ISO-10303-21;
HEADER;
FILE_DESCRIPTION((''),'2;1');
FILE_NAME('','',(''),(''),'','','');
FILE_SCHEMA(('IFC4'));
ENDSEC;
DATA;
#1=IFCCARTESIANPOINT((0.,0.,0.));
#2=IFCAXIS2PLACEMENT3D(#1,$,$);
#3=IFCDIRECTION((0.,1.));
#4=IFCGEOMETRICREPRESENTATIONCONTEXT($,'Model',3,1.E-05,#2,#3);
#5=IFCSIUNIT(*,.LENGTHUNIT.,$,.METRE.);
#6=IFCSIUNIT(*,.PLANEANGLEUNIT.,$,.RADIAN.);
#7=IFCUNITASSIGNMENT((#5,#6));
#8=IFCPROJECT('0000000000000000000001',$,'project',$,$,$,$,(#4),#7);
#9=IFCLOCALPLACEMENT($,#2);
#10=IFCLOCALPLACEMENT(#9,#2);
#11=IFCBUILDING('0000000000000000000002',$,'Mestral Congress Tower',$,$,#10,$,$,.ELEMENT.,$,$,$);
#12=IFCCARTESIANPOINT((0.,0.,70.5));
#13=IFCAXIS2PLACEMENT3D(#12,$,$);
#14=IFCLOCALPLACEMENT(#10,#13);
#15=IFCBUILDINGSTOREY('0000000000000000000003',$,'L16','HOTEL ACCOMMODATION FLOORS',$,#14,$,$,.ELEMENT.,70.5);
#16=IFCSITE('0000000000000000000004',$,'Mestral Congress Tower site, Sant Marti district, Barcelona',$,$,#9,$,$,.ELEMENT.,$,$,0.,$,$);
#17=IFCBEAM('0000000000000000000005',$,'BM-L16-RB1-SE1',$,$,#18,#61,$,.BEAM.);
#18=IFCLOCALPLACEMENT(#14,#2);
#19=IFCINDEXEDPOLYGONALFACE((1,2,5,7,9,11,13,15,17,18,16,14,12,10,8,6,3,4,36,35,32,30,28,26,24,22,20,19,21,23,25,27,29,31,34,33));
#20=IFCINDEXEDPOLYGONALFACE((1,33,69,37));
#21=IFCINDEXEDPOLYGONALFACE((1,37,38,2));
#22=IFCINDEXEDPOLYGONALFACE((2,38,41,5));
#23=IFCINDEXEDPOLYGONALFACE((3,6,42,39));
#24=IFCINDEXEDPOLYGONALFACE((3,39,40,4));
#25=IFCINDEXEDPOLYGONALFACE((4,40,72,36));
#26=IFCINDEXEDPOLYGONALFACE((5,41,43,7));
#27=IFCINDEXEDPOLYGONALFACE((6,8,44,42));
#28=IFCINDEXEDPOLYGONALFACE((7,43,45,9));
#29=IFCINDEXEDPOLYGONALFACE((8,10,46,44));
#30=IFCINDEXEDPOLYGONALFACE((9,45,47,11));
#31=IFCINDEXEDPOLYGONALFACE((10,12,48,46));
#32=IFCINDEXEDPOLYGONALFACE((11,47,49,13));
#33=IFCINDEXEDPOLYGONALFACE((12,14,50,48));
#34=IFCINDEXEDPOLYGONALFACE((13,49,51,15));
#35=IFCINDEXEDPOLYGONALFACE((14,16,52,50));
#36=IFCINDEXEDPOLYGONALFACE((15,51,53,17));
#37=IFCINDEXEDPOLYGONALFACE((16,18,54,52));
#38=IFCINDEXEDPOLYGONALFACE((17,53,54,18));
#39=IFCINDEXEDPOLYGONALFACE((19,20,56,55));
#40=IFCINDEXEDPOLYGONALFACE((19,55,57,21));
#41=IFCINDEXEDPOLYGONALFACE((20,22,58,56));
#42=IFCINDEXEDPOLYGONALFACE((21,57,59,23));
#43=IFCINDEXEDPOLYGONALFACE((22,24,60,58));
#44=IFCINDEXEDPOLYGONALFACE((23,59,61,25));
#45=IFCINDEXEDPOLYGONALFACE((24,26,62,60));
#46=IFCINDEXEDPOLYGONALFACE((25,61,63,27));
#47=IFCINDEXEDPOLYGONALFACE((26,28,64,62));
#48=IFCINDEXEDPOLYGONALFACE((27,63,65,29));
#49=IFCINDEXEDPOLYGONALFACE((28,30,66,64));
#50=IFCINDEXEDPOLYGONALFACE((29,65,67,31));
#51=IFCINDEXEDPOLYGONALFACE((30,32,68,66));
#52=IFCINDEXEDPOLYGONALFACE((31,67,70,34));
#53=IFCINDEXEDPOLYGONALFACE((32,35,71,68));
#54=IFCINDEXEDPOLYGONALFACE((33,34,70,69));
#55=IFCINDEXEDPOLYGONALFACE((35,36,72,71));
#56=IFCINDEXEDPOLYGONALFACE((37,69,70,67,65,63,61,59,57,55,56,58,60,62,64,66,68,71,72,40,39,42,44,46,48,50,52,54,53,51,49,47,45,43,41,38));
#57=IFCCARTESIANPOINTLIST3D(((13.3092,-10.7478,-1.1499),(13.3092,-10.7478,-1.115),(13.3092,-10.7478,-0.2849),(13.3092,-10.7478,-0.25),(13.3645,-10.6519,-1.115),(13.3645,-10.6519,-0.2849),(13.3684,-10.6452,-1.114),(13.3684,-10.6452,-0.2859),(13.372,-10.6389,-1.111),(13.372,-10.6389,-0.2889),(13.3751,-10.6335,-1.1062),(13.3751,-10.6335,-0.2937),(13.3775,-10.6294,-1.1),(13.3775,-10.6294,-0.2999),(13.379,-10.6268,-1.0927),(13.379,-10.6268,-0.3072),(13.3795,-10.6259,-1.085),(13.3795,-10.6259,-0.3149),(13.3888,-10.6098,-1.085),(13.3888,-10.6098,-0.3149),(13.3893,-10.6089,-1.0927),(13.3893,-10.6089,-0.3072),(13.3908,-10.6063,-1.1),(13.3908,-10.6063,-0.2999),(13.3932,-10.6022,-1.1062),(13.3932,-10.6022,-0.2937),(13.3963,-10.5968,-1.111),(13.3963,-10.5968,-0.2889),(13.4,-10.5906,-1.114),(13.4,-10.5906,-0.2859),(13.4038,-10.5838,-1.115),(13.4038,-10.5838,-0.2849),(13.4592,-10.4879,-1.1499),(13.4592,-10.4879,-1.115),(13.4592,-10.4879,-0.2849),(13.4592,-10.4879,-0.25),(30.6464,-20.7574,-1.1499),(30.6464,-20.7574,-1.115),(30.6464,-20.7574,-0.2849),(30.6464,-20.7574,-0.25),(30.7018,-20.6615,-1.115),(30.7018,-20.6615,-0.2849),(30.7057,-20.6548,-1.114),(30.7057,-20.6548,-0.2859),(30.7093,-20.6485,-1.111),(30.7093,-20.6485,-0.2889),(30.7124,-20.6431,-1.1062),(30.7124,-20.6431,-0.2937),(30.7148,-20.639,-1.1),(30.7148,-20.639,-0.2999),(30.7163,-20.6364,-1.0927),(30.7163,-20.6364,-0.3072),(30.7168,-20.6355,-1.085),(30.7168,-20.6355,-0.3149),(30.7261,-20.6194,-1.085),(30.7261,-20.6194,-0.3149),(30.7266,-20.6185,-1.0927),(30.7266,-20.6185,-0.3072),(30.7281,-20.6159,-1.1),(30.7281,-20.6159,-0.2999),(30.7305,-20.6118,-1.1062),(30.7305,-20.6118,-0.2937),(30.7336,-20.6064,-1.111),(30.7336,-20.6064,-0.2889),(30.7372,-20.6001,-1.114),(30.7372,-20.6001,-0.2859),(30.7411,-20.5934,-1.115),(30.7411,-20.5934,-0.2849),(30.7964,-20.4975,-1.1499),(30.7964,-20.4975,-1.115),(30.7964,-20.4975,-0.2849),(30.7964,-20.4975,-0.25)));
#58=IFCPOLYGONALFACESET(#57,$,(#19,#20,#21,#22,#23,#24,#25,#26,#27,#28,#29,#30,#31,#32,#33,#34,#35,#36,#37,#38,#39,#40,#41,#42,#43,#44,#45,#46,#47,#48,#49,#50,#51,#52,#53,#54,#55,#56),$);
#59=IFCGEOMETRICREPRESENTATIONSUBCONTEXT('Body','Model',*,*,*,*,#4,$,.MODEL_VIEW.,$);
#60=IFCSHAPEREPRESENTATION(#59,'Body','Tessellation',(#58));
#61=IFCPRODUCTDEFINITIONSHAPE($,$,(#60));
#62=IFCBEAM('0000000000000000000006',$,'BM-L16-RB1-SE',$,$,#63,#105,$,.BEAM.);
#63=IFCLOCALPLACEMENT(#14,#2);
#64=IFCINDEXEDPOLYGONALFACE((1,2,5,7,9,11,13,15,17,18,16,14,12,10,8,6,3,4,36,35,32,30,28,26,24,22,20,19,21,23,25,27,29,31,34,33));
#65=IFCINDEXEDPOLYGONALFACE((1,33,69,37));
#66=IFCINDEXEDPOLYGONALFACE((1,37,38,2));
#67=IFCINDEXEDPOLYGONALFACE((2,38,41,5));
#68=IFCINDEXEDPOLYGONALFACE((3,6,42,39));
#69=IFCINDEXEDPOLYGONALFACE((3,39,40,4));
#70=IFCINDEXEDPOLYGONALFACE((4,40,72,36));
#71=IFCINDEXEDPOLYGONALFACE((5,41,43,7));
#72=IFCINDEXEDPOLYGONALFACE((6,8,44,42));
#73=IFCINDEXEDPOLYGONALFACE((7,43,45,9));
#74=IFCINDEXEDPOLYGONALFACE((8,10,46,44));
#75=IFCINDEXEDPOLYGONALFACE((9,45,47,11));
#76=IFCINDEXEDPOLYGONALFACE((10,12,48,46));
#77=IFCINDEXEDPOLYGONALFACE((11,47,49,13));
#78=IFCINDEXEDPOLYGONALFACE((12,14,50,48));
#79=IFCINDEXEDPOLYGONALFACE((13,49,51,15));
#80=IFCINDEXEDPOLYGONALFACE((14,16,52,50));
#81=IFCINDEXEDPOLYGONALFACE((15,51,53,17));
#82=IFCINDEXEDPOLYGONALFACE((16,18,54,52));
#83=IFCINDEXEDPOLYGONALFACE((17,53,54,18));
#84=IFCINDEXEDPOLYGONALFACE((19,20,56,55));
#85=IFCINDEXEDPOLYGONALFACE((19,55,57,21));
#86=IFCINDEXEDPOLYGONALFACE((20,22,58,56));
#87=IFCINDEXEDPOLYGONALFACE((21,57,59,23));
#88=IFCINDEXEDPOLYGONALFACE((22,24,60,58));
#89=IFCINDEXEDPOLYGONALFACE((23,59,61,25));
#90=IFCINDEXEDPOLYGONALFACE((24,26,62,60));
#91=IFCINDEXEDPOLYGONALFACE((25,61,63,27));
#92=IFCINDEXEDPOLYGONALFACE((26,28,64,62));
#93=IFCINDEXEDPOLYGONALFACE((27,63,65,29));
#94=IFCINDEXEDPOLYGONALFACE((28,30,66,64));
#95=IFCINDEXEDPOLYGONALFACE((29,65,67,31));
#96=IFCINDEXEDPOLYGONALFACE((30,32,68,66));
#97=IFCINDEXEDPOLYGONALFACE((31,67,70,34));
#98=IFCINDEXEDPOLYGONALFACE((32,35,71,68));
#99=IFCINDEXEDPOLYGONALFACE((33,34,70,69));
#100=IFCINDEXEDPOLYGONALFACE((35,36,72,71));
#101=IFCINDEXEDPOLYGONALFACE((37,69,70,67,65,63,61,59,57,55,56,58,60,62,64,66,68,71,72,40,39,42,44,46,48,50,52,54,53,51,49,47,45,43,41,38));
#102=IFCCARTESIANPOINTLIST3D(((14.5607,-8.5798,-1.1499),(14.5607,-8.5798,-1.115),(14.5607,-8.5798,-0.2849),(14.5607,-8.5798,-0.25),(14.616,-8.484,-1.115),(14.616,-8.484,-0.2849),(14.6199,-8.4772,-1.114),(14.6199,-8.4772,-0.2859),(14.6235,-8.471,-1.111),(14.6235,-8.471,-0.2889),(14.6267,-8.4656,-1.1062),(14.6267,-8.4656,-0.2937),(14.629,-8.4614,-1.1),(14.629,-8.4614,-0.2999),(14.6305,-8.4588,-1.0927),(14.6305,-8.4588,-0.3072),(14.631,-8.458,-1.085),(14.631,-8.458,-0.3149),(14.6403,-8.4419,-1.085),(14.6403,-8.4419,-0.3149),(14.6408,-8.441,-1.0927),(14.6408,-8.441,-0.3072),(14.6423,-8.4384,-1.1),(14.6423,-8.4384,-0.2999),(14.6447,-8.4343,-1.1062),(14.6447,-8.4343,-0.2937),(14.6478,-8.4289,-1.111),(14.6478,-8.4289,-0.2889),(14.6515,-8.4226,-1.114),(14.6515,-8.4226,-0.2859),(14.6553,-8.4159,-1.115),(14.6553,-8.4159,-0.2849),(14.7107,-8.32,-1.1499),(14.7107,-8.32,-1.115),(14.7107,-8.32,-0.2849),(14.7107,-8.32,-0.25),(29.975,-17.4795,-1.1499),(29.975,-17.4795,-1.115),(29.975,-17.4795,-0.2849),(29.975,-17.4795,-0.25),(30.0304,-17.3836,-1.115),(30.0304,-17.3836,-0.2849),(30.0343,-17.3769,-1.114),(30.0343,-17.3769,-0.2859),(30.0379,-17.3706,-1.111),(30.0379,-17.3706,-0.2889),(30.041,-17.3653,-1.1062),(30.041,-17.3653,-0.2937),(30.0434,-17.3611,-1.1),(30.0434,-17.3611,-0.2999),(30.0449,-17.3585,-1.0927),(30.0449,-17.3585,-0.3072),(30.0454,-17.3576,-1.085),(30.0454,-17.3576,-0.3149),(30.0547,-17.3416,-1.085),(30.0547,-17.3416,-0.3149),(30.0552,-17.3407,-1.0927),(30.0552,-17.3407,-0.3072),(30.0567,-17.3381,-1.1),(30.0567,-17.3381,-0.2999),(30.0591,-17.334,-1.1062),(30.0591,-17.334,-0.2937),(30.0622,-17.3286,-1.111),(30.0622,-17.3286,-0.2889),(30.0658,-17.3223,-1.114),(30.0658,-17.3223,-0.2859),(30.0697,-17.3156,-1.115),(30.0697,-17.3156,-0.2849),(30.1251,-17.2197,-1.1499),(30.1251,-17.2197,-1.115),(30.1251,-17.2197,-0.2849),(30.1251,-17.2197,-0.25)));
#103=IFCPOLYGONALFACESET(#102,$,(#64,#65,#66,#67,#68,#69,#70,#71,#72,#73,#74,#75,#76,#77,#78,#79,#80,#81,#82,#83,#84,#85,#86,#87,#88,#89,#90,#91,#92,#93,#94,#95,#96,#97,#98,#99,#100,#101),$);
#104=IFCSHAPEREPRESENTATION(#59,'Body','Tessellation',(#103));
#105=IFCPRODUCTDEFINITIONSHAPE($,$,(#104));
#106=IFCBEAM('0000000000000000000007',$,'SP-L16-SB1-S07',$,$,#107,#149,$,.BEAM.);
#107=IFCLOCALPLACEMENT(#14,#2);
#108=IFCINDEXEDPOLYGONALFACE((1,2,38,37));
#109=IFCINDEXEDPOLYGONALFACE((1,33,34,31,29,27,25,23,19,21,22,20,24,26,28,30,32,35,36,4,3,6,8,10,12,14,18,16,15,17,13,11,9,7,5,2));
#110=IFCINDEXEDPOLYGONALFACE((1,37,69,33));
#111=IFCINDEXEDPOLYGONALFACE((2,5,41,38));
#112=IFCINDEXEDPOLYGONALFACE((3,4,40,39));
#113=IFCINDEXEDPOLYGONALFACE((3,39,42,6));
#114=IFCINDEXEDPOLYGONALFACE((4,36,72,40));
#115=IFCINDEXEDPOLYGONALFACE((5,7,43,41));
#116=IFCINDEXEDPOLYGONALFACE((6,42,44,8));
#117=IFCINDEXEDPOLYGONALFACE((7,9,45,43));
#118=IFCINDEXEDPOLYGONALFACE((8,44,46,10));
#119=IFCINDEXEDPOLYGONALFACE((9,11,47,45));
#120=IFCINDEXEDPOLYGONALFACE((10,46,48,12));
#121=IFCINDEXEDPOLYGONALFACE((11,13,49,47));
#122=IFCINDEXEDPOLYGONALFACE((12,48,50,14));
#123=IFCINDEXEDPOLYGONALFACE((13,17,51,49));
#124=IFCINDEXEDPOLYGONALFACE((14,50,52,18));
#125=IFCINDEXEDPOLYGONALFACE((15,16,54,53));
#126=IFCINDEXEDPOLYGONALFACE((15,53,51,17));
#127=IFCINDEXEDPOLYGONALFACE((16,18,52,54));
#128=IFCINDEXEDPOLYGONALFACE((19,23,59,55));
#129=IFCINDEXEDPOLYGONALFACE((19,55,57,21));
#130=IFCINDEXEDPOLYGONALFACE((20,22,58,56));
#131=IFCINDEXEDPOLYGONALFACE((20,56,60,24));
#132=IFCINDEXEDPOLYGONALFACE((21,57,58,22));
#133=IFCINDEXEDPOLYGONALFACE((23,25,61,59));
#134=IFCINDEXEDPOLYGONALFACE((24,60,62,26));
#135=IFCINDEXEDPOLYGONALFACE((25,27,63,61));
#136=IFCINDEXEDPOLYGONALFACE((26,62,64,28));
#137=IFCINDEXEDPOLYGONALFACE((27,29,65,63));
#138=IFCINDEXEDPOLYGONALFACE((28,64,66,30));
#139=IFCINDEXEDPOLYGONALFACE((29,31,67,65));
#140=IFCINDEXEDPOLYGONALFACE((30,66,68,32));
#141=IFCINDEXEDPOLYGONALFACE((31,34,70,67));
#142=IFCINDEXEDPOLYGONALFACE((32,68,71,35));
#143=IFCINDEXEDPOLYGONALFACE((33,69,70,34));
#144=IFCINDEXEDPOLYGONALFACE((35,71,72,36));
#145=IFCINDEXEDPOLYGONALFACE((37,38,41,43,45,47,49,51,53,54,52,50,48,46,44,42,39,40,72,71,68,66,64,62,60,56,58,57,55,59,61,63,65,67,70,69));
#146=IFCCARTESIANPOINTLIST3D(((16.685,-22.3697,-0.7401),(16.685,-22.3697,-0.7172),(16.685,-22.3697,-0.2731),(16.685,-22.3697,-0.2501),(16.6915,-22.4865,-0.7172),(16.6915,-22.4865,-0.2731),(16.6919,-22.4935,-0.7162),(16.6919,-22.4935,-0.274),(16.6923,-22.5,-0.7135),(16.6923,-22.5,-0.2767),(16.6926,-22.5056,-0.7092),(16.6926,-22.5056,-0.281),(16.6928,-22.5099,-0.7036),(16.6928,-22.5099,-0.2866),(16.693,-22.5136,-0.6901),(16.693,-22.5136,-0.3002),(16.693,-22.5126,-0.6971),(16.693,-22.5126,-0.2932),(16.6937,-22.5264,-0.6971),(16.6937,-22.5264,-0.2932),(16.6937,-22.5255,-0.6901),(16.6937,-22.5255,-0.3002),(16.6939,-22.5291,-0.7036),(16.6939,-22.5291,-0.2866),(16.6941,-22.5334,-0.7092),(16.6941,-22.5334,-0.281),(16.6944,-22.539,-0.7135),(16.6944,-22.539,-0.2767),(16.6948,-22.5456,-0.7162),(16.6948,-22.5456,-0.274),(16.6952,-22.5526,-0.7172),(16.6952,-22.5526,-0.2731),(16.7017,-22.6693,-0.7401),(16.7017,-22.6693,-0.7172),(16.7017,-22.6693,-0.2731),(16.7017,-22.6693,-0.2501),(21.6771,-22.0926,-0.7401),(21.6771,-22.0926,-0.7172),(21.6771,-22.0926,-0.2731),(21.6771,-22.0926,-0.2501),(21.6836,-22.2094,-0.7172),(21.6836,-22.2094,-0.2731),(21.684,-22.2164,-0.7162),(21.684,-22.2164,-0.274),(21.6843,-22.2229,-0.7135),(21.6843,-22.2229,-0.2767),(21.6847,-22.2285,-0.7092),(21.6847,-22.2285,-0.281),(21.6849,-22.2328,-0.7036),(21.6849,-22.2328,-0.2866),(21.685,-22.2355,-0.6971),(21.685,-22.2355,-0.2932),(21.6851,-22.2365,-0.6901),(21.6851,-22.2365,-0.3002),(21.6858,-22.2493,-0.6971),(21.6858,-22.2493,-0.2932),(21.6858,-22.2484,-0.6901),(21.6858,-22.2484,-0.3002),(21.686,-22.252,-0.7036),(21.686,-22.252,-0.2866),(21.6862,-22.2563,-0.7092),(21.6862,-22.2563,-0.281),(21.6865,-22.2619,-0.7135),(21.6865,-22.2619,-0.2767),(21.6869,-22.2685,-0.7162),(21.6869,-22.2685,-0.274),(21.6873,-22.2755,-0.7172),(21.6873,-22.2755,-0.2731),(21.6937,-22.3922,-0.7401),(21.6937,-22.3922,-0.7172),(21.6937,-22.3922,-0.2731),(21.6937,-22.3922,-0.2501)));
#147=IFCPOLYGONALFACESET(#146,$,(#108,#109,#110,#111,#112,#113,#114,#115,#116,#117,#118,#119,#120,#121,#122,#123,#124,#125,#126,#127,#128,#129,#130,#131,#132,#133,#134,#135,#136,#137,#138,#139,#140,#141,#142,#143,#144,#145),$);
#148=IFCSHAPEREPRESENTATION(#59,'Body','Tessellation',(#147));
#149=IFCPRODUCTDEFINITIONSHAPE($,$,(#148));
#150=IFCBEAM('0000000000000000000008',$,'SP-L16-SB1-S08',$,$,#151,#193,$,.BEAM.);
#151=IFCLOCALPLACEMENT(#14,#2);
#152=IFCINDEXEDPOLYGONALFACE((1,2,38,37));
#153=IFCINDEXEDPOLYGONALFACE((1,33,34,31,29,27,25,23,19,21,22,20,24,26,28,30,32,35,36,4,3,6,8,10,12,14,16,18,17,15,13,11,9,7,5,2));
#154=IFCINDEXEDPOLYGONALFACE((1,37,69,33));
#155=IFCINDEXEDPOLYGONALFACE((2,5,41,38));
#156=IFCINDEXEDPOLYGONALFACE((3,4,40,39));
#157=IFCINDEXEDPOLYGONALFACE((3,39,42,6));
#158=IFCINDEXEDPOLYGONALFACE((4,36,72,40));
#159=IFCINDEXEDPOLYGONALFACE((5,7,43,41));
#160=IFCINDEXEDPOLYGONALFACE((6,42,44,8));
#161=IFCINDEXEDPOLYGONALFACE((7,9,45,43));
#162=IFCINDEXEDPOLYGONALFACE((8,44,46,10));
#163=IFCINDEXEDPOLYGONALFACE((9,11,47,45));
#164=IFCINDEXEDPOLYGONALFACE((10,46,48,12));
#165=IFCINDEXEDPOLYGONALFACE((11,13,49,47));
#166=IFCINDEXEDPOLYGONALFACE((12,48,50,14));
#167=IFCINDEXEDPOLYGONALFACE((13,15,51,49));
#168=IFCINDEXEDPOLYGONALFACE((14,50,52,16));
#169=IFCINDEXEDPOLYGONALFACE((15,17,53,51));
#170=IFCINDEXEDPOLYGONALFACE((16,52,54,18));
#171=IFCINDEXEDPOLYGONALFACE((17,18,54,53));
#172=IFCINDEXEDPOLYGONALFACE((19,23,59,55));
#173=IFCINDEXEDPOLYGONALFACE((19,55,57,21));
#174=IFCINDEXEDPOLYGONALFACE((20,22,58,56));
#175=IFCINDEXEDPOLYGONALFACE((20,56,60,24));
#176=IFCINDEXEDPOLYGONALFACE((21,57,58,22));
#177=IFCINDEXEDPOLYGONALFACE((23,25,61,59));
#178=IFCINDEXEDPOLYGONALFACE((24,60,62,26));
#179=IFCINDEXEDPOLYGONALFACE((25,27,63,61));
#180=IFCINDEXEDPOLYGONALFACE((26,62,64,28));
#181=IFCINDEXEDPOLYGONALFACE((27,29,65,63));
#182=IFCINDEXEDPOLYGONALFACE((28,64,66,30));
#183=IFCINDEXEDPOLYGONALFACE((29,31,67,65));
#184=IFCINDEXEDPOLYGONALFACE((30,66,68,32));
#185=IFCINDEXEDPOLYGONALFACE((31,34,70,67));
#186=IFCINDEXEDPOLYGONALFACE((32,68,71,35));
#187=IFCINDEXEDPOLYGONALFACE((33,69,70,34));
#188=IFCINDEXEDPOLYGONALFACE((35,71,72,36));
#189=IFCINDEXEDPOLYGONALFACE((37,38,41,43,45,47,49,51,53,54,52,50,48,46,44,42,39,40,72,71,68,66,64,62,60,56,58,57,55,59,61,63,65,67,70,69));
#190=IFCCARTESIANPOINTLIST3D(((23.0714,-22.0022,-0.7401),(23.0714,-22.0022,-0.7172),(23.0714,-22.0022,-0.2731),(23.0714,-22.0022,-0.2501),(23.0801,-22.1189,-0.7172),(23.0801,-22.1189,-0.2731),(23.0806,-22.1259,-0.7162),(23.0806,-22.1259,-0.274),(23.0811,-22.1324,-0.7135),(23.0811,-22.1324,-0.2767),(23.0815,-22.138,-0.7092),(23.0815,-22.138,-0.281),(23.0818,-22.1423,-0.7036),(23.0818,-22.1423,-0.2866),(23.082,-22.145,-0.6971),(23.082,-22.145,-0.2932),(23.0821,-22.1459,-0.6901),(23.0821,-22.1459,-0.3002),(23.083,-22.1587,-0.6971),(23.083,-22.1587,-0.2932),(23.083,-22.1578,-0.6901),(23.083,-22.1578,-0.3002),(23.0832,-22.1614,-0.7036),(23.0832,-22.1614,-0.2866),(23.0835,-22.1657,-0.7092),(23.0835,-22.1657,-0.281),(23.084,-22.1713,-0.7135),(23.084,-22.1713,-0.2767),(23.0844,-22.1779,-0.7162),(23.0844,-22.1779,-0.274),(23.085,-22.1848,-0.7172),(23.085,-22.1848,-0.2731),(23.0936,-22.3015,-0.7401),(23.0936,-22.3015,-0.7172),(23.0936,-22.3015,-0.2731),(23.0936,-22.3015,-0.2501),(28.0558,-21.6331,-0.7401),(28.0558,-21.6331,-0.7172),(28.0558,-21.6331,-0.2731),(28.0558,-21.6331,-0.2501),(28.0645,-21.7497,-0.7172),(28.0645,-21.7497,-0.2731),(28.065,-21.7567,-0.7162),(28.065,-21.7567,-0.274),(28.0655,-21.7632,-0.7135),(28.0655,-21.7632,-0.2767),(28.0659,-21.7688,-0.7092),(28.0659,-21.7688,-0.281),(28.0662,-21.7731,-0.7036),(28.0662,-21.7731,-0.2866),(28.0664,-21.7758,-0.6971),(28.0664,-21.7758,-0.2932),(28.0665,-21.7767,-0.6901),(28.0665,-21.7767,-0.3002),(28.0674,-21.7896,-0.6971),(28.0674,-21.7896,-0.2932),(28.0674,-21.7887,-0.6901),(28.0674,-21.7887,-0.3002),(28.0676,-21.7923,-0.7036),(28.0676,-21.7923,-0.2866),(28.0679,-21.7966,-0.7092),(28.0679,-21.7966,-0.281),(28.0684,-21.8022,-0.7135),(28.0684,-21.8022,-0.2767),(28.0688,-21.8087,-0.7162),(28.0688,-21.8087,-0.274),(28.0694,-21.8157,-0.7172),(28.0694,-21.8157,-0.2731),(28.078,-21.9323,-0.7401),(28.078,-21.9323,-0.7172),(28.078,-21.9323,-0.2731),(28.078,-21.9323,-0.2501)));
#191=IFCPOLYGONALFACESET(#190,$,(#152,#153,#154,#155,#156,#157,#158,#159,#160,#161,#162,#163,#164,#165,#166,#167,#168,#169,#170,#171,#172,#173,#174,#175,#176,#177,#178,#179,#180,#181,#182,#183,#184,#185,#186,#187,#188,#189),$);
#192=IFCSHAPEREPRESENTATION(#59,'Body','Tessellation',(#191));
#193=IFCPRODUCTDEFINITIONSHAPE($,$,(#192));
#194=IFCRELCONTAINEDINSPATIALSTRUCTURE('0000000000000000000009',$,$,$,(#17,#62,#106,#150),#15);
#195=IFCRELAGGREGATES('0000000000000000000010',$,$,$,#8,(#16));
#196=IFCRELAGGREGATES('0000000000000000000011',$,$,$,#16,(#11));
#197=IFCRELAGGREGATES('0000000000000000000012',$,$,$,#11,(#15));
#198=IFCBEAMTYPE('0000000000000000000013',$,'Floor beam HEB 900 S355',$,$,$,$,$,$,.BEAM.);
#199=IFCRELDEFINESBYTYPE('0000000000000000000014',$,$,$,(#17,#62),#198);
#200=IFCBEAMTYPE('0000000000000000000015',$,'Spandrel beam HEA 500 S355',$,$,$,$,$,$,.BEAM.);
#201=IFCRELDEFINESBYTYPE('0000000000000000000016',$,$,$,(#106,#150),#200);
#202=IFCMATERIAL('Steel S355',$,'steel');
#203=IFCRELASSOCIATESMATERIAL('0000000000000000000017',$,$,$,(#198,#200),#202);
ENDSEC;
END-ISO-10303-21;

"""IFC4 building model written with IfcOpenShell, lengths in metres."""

from ifc_helpers import new_model, si_unit, direction, frame, origin, origin_2d, place, context, subcontext, project, spatial, i_section, extrude, material, material_profile, profile_set, type_object, element, save


model = new_model("IFC4")

# Units and contexts
model_context = context("Model", 3, precision=1e-05, world=origin(), true_north=direction((0.0, 1.0)))
body_context = subcontext(model_context, "Body", "Model", "MODEL_VIEW")
ifc_project = project(units=[si_unit("LENGTHUNIT", "METRE"), si_unit("PLANEANGLEUNIT", "RADIAN")], contexts=[model_context])

# Site, building, storey
site_placement = place(None, origin())
site = spatial("IfcSite", under=ifc_project, at=site_placement, Name="Mestral Congress Tower site, Sant Marti district, Barcelona", CompositionType="ELEMENT", RefElevation=0.0)
building_placement = place(site_placement, origin())
building = spatial("IfcBuilding", under=site, at=building_placement, Name="Mestral Congress Tower", CompositionType="ELEMENT")
storey_placement = place(building_placement, frame((0.0, 0.0, 70.5)))
storey = spatial("IfcBuildingStorey", under=building, at=storey_placement, Name="L16", Description="HOTEL ACCOMMODATION FLOORS", CompositionType="ELEMENT", Elevation=70.5)

# Beams
ifc_material_1 = material(Name="Steel S355", Category="steel")
ifc_material_profile_1 = material_profile(ifc_material_1, i_section(OverallWidth=0.3, OverallDepth=0.8999, WebThickness=0.0186, FlangeThickness=0.0349, FilletRadius=0.03, at=origin_2d()), Name="HEB 900")
ifc_profile_set_1 = profile_set([ifc_material_profile_1], Name="Steel S355")
beam_type_1 = type_object("IfcBeamType", Name="Floor beam HEB 900 S355", PredefinedType="BEAM", material=ifc_profile_set_1)
beam_1_placement = place(storey_placement, frame((30.7214, -20.6274, -0.7), z_axis=(-0.866027, 0.499997, 0.0), x_axis=(-0.499997, -0.866027, 0.0)))
element("IfcBeam", 1, at=beam_1_placement, inside=storey, type_object=beam_type_1, Name="BM-L16-RB1-SE1", PredefinedType="BEAM", context=body_context, shape_type="SweptSolid", body=[
    extrude(i_section(OverallWidth=0.3, OverallDepth=0.8999, WebThickness=0.0186, FlangeThickness=0.0349, FilletRadius=0.03, at=origin_2d()), origin(), (0.0, 0.0, 1.0), 20.0193),
])
beam_2_placement = place(storey_placement, frame((30.05, -17.3496, -0.7), z_axis=(-0.86602, 0.500009, 0.0), x_axis=(-0.500009, -0.86602, 0.0)))
element("IfcBeam", 2, at=beam_2_placement, inside=storey, type_object=beam_type_1, Name="BM-L16-RB1-SE", PredefinedType="BEAM", context=body_context, shape_type="SweptSolid", body=[
    extrude(i_section(OverallWidth=0.3, OverallDepth=0.8999, WebThickness=0.0186, FlangeThickness=0.0349, FilletRadius=0.03, at=origin_2d()), origin(), (0.0, 0.0, 1.0), 17.7991),
])
ifc_material_profile_2 = material_profile(ifc_material_1, i_section(OverallWidth=0.3, OverallDepth=0.49, WebThickness=0.012, FlangeThickness=0.0229, FilletRadius=0.0271, at=origin_2d()), Name="HEA 500")
ifc_profile_set_2 = profile_set([ifc_material_profile_2], Name="Steel S355")
beam_type_2 = type_object("IfcBeamType", Name="Spandrel beam HEA 500 S355", PredefinedType="BEAM", material=ifc_profile_set_2)
beam_3_placement = place(storey_placement, frame((16.6934, -22.5195, -0.4951), z_axis=(0.998463, 0.055421, 0.0), x_axis=(-0.055421, 0.998463, 0.0)))
element("IfcBeam", 3, at=beam_3_placement, inside=storey, type_object=beam_type_2, Name="SP-L16-SB1-S07", PredefinedType="BEAM", context=body_context, shape_type="SweptSolid", body=[
    extrude(i_section(OverallWidth=0.3, OverallDepth=0.49, WebThickness=0.012, FlangeThickness=0.0229, FilletRadius=0.0271, at=origin_2d()), origin(), (0.0, 0.0, 1.0), 4.9998),
])
beam_4_placement = place(storey_placement, frame((23.0825, -22.1519, -0.4951), z_axis=(0.997269, 0.073857, 0.0), x_axis=(-0.073857, 0.997269, 0.0)))
element("IfcBeam", 4, at=beam_4_placement, inside=storey, type_object=beam_type_2, Name="SP-L16-SB1-S08", PredefinedType="BEAM", context=body_context, shape_type="SweptSolid", body=[
    extrude(i_section(OverallWidth=0.3, OverallDepth=0.49, WebThickness=0.012, FlangeThickness=0.0229, FilletRadius=0.0271, at=origin_2d()), origin(), (0.0, 0.0, 1.0), 4.998),
])

save(model, "model.ifc")
